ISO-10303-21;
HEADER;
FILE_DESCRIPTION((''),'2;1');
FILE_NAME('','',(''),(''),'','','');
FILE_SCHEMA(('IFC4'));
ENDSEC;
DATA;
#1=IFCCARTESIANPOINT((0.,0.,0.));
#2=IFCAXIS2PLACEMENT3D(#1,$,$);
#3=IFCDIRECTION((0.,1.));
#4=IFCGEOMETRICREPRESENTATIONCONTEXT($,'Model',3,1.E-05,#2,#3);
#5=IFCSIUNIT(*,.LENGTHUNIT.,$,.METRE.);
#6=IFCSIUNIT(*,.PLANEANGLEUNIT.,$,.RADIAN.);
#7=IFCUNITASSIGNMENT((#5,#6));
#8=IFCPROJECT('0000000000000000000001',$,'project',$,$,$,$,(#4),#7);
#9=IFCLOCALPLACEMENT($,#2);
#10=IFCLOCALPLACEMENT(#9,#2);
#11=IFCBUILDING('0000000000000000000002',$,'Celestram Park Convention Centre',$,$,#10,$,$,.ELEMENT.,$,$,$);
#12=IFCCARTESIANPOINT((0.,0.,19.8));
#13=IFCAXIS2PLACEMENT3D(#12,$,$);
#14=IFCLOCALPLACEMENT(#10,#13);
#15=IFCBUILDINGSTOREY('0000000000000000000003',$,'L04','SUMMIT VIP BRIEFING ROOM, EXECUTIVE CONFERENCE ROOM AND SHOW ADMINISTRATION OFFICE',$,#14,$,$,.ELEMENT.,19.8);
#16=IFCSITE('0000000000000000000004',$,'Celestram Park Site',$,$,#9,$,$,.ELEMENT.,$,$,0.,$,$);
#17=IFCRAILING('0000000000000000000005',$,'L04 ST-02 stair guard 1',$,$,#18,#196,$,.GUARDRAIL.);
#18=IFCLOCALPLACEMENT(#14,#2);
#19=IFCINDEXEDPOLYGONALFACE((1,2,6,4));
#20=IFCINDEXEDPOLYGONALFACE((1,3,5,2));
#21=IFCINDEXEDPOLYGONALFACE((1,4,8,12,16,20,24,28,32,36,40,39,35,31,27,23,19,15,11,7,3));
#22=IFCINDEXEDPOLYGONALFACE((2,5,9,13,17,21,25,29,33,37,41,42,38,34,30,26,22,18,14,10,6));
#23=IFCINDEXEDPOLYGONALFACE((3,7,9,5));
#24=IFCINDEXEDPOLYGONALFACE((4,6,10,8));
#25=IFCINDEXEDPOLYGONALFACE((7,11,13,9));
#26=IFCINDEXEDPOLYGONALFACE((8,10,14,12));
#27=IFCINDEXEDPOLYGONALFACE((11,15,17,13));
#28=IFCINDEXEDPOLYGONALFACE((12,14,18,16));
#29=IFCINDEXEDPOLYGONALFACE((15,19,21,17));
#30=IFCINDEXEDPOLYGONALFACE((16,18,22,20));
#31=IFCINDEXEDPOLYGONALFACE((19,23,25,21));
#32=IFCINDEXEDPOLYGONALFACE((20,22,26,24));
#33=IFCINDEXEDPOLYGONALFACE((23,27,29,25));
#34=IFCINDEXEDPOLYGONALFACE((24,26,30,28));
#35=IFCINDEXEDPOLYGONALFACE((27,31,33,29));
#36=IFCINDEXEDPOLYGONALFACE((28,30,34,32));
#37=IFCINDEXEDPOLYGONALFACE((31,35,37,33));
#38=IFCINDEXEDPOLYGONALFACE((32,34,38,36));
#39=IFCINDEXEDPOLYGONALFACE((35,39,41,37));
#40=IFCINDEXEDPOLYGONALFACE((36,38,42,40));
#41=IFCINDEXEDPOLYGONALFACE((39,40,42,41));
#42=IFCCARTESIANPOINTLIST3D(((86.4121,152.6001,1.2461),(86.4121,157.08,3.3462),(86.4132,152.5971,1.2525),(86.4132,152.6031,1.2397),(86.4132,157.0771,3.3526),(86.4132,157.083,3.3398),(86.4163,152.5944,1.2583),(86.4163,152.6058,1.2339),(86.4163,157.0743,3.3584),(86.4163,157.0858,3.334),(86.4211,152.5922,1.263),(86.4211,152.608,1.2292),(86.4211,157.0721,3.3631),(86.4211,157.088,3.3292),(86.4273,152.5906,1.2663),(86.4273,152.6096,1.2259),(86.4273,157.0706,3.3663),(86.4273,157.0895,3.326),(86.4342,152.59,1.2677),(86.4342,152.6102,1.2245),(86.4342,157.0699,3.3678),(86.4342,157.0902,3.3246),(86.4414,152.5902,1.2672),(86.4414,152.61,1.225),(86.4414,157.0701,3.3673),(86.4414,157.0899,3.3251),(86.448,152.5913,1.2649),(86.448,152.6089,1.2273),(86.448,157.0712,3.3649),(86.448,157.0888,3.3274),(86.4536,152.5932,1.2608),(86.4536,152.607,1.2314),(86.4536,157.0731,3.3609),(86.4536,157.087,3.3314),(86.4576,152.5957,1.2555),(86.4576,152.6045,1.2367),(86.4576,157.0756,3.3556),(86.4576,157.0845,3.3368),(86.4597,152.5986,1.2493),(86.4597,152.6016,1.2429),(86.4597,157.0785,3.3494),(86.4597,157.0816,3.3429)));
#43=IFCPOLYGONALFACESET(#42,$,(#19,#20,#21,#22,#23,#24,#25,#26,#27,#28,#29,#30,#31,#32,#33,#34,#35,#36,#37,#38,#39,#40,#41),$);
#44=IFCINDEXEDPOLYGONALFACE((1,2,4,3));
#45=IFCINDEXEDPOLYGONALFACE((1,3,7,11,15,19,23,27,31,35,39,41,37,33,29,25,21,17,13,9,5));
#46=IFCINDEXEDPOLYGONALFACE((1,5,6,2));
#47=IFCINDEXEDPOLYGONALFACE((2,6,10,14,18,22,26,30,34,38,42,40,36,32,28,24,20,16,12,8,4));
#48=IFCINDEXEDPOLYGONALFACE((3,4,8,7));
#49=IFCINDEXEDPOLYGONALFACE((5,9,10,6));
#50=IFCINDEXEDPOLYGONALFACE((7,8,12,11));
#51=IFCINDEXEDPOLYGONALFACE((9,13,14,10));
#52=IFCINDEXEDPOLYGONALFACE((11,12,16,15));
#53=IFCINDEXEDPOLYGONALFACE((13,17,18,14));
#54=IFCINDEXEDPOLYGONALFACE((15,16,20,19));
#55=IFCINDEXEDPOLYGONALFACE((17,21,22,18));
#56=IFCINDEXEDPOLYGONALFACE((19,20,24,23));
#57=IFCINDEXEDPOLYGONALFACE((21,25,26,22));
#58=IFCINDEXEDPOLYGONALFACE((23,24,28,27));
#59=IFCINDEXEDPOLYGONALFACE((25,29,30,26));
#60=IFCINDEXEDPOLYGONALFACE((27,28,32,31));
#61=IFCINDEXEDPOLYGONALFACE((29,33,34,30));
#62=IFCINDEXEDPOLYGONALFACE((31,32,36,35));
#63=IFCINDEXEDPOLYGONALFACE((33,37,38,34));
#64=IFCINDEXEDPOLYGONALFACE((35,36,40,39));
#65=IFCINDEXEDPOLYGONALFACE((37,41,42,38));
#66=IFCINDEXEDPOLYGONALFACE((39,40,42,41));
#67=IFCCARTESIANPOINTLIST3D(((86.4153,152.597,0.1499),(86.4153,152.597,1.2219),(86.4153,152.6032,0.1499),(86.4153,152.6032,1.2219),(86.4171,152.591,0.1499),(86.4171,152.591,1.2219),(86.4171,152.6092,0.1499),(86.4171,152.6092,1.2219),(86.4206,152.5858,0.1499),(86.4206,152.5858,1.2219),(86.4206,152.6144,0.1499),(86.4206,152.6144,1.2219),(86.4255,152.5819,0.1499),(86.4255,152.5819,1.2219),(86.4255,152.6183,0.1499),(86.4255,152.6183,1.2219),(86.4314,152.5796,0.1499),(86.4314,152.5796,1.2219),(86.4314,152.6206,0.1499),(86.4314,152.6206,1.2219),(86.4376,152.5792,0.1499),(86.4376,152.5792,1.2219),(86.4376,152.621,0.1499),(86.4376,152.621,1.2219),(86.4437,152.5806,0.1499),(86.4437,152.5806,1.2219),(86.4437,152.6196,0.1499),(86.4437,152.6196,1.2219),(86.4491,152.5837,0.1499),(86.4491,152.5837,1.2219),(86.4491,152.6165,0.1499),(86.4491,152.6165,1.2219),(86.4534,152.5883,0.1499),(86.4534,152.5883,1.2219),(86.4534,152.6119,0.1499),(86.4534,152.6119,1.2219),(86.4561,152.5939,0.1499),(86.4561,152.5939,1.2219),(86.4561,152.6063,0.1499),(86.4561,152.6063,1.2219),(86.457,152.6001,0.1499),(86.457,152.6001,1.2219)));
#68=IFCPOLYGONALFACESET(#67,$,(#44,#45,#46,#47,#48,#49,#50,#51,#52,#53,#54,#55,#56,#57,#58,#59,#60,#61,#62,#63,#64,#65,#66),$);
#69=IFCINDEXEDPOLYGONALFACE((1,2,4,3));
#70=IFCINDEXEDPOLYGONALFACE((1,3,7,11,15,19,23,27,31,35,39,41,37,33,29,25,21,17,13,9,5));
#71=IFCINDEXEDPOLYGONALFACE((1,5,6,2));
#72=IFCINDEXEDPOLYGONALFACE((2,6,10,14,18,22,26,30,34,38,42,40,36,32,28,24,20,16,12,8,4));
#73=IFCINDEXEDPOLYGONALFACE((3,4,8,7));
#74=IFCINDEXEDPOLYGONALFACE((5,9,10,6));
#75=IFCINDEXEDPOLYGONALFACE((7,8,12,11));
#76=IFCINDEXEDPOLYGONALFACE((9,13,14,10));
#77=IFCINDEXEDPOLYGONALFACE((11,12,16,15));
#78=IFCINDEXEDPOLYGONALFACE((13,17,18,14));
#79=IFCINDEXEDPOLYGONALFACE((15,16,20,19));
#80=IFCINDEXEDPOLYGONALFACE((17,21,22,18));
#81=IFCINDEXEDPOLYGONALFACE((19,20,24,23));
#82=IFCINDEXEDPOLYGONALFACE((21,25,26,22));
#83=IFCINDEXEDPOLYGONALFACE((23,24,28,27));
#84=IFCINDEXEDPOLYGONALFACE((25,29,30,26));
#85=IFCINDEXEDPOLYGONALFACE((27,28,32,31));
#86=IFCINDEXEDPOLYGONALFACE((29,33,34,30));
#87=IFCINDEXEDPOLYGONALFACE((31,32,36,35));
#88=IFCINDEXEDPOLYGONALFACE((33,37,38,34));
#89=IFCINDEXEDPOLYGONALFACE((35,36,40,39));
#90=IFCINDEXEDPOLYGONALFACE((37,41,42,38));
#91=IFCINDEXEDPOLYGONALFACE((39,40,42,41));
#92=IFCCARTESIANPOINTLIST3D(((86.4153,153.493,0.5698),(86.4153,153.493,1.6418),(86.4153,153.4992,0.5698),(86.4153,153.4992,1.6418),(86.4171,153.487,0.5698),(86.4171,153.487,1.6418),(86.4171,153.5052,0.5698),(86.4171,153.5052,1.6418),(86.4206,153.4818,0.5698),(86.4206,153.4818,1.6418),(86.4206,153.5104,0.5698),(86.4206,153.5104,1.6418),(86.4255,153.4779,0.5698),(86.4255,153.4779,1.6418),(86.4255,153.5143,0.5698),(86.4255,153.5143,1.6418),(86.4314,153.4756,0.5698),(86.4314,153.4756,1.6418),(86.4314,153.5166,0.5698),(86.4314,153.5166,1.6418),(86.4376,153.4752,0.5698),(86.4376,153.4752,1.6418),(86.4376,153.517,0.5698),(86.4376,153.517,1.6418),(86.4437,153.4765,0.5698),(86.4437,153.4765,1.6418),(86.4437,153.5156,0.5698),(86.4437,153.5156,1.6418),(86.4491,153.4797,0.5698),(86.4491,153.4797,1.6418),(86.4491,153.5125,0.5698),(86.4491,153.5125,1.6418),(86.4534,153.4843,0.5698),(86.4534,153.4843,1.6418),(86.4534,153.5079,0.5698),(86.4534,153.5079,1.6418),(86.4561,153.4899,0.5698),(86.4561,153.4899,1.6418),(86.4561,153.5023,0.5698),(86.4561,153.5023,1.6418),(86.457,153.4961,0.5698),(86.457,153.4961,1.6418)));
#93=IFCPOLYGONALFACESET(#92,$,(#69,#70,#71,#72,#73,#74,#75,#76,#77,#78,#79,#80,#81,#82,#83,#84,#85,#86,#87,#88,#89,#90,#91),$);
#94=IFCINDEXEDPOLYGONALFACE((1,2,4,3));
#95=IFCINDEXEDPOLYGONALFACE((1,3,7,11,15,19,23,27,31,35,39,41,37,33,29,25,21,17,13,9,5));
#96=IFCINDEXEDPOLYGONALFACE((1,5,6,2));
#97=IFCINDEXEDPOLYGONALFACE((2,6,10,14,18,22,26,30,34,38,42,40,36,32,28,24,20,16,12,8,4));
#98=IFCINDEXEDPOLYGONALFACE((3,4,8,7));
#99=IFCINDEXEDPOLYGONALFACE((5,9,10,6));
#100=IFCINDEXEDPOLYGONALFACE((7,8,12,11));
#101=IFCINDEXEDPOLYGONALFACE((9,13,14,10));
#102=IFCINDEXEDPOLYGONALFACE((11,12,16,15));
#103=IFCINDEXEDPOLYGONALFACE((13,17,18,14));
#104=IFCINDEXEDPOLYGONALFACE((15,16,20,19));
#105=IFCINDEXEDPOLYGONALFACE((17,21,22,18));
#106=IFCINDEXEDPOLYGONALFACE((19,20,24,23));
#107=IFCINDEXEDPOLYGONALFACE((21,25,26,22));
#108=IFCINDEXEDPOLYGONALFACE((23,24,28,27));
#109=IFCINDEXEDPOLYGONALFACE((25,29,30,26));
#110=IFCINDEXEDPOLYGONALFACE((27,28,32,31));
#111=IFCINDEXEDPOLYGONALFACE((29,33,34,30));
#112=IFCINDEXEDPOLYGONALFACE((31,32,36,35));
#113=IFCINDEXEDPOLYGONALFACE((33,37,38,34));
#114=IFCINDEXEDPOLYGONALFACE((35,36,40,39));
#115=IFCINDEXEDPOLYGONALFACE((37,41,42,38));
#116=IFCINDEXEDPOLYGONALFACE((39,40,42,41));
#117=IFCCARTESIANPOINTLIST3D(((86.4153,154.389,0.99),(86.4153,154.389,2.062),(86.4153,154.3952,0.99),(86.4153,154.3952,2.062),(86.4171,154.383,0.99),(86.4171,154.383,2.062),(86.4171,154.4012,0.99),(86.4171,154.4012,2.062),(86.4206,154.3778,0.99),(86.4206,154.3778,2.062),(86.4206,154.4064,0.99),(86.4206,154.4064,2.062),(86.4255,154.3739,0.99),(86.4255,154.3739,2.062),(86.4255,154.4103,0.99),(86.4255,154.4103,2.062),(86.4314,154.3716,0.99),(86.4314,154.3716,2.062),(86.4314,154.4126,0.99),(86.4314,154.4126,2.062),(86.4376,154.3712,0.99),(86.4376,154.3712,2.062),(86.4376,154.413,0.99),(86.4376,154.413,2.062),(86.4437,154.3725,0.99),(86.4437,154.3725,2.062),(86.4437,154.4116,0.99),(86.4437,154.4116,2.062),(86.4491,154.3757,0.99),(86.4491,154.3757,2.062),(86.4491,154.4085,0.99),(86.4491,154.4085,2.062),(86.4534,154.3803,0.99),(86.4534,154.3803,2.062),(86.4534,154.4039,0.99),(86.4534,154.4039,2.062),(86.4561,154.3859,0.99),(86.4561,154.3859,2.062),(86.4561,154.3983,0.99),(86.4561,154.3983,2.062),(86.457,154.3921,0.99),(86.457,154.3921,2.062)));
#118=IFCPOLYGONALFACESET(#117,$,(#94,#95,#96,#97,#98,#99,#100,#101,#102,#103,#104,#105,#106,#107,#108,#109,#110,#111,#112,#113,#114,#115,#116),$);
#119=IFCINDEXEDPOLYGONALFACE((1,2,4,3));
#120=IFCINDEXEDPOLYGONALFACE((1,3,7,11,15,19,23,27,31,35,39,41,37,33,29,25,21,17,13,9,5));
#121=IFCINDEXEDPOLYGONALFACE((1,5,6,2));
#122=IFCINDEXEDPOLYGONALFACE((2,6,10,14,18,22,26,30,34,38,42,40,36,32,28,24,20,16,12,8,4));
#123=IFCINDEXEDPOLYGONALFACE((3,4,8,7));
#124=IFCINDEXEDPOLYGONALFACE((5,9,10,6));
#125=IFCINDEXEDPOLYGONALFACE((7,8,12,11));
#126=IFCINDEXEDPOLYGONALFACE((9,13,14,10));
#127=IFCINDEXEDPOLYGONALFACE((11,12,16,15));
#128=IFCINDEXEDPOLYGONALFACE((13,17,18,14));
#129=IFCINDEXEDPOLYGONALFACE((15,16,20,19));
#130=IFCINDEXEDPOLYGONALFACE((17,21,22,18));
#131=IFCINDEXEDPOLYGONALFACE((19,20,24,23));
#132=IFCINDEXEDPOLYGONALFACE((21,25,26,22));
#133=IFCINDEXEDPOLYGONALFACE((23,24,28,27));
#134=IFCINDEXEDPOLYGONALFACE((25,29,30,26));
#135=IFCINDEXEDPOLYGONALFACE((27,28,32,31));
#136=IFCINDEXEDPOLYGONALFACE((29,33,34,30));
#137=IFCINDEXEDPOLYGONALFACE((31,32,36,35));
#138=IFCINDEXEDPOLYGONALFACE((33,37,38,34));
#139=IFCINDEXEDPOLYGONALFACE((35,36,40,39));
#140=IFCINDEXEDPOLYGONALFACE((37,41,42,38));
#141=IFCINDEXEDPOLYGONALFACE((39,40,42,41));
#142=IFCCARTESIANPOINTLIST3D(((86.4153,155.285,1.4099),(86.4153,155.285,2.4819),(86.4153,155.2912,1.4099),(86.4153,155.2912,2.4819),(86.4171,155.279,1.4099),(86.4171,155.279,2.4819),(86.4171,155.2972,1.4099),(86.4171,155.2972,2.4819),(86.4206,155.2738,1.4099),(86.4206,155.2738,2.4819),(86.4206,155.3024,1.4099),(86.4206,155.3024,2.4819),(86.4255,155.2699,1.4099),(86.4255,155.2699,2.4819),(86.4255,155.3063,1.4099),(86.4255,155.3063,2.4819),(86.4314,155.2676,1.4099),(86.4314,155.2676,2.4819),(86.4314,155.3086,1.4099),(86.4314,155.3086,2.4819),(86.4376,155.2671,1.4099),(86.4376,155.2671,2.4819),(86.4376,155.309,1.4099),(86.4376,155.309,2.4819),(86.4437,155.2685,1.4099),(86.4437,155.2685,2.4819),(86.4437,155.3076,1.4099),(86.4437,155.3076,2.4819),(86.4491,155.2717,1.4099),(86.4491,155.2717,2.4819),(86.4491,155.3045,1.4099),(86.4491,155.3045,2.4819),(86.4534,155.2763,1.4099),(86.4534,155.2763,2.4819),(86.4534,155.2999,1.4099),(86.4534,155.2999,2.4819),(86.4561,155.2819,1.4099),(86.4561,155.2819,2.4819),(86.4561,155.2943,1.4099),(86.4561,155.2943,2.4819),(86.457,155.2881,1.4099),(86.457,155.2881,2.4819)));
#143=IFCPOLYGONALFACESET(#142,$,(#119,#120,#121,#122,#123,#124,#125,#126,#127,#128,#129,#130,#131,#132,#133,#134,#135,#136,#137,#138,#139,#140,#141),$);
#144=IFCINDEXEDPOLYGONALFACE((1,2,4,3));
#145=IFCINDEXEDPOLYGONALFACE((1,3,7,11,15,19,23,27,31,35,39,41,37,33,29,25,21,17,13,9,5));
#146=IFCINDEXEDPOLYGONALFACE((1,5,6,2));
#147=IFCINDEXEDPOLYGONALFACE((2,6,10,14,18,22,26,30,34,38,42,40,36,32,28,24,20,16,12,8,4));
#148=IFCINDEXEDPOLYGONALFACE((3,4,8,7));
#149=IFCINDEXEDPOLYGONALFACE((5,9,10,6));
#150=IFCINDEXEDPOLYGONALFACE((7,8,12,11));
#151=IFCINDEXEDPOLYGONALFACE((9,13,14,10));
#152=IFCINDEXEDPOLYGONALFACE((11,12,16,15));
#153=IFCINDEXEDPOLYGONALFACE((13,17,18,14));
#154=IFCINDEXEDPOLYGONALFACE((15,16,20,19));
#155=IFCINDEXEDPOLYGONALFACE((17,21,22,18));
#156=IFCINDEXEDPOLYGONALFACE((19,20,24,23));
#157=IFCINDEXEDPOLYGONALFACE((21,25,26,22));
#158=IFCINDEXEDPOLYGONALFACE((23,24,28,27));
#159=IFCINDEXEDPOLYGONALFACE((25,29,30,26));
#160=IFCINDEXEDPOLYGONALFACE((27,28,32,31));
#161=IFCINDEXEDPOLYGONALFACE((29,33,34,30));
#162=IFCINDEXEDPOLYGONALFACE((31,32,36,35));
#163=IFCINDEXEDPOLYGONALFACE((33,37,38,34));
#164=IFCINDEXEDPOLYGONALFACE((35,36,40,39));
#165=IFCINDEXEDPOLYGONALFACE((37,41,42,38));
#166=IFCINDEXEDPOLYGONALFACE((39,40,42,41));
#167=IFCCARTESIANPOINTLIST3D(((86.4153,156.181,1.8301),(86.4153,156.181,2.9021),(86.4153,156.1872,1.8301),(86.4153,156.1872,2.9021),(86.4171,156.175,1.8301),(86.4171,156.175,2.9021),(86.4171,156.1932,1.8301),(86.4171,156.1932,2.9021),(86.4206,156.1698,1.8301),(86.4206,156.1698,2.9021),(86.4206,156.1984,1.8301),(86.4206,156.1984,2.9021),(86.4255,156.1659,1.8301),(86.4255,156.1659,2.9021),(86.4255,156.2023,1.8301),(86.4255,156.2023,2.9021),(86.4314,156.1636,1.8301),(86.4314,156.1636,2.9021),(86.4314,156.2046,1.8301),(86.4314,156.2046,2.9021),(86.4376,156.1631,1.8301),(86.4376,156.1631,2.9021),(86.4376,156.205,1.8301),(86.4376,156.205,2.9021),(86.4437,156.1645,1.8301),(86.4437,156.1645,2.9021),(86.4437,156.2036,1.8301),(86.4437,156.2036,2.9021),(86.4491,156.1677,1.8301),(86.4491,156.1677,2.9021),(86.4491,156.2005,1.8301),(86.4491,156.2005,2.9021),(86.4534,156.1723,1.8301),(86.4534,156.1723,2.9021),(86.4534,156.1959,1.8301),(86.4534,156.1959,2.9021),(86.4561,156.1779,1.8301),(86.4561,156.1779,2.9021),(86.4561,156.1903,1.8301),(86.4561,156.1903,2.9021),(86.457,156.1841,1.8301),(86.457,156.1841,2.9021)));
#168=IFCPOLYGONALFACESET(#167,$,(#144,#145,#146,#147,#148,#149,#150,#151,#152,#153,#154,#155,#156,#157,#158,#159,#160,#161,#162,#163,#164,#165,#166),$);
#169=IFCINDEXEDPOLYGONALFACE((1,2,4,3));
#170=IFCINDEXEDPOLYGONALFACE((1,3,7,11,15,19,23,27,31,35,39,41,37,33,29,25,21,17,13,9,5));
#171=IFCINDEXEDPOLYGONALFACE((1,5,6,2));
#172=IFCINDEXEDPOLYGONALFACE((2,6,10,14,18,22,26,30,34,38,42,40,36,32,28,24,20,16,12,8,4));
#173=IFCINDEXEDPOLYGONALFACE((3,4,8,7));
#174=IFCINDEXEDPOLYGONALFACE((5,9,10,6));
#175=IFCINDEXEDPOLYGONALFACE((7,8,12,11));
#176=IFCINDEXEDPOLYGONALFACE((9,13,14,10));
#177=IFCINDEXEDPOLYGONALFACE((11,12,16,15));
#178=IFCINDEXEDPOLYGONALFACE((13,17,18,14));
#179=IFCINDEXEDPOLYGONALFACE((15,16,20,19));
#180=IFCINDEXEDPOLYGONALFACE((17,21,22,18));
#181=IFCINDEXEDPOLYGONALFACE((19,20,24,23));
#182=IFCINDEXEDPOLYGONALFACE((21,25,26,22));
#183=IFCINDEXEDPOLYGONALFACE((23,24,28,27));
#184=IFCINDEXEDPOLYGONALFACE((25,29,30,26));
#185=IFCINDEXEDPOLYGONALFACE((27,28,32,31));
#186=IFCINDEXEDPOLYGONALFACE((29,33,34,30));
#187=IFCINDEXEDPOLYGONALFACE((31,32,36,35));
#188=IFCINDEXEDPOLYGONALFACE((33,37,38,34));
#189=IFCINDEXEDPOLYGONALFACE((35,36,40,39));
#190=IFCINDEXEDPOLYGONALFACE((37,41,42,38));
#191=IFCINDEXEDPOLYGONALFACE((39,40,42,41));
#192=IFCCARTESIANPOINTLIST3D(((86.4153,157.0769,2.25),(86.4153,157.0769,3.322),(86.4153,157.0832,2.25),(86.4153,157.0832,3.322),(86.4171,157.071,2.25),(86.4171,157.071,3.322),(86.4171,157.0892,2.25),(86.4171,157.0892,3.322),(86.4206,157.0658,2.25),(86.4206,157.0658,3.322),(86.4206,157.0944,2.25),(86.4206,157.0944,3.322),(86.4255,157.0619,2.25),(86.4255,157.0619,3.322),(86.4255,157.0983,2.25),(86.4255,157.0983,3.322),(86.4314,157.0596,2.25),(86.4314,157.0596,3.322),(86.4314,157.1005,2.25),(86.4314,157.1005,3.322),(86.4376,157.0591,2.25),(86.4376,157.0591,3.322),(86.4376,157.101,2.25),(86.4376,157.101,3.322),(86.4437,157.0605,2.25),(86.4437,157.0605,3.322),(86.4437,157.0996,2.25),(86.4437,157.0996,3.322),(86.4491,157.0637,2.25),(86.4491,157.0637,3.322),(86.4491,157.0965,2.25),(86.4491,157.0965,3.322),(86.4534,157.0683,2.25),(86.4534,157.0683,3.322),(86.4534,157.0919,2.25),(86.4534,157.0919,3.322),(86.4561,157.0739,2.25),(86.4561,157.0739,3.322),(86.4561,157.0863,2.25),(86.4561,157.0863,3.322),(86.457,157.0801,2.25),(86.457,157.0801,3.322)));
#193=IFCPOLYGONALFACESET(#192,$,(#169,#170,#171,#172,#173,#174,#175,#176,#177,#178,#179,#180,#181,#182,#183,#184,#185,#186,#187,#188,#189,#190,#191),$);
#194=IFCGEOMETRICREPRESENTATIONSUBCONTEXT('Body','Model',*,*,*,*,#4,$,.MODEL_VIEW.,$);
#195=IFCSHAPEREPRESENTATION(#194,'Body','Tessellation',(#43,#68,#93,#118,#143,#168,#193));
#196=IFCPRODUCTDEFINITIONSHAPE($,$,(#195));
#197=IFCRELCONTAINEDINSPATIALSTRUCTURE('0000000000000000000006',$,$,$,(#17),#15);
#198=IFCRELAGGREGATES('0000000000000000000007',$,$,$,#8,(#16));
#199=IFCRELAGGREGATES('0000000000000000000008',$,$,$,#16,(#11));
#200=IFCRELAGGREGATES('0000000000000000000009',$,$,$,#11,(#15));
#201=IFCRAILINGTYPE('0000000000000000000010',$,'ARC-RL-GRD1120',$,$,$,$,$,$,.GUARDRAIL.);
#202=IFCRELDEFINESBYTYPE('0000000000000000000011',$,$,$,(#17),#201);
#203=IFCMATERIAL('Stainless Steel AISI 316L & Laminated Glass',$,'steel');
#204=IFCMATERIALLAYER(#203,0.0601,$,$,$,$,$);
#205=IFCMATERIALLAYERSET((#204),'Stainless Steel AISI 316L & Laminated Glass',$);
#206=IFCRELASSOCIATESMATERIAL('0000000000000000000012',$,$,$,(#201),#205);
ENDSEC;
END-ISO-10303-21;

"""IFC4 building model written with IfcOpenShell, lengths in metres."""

from ifc_helpers import new_model, si_unit, direction, frame, origin, origin_2d, place, context, subcontext, project, spatial, circle, extrude, material, layer, layer_set, type_object, element, save


model = new_model("IFC4")

# Units and contexts
model_context = context("Model", 3, precision=1e-05, world=origin(), true_north=direction((0.0, 1.0)))
body_context = subcontext(model_context, "Body", "Model", "MODEL_VIEW")
ifc_project = project(units=[si_unit("LENGTHUNIT", "METRE"), si_unit("PLANEANGLEUNIT", "RADIAN")], contexts=[model_context])

# Site, building, storey
site_placement = place(None, origin())
site = spatial("IfcSite", under=ifc_project, at=site_placement, Name="Celestram Park Site", CompositionType="ELEMENT", RefElevation=0.0)
building_placement = place(site_placement, origin())
building = spatial("IfcBuilding", under=site, at=building_placement, Name="Celestram Park Convention Centre", CompositionType="ELEMENT")
storey_placement = place(building_placement, frame((0.0, 0.0, 19.8)))
storey = spatial("IfcBuildingStorey", under=building, at=storey_placement, Name="L04", Description="SUMMIT VIP BRIEFING ROOM, EXECUTIVE CONFERENCE ROOM AND SHOW ADMINISTRATION OFFICE", CompositionType="ELEMENT", Elevation=19.8)

# Railing
ifc_material_1 = material(Name="Stainless Steel AISI 316L & Laminated Glass", Category="steel")
ifc_layer_1 = layer(ifc_material_1, 0.0601)
ifc_layer_set_1 = layer_set([ifc_layer_1], Name="Stainless Steel AISI 316L & Laminated Glass")
railing_type_1 = type_object("IfcRailingType", Name="ARC-RL-GRD1120", PredefinedType="GUARDRAIL", material=ifc_layer_set_1)
railing_1_placement = place(storey_placement, frame((86.436, 152.6001, 0.1499)))
element("IfcRailing", 1, at=railing_1_placement, inside=storey, type_object=railing_type_1, Name="L04 ST-02 stair guard 1", PredefinedType="GUARDRAIL", context=body_context, shape_type="SweptSolid", body=[
    extrude(circle(Radius=0.0239, at=origin_2d()), frame((0.0, 0.0, 1.0962), z_axis=(0.0, 0.905451, 0.424452), x_axis=(-1.0, 0.0, 0.0)), (0.0, 0.0, 1.0), 4.9478),
    extrude(circle(Radius=0.021, at=origin_2d()), origin(), (0.0, 0.0, 1.0), 1.072),
    extrude(circle(Radius=0.021, at=origin_2d()), frame((0.0, 0.896, 0.4199)), (0.0, 0.0, 1.0), 1.072),
    extrude(circle(Radius=0.021, at=origin_2d()), frame((0.0, 1.792, 0.8401)), (0.0, 0.0, 1.0), 1.072),
    extrude(circle(Radius=0.021, at=origin_2d()), frame((0.0, 2.688, 1.26)), (0.0, 0.0, 1.0), 1.072),
    extrude(circle(Radius=0.021, at=origin_2d()), frame((0.0, 3.584, 1.6802)), (0.0, 0.0, 1.0), 1.072),
    extrude(circle(Radius=0.021, at=origin_2d()), frame((0.0, 4.48, 2.1001)), (0.0, 0.0, 1.0), 1.072),
])

save(model, "model.ifc")
